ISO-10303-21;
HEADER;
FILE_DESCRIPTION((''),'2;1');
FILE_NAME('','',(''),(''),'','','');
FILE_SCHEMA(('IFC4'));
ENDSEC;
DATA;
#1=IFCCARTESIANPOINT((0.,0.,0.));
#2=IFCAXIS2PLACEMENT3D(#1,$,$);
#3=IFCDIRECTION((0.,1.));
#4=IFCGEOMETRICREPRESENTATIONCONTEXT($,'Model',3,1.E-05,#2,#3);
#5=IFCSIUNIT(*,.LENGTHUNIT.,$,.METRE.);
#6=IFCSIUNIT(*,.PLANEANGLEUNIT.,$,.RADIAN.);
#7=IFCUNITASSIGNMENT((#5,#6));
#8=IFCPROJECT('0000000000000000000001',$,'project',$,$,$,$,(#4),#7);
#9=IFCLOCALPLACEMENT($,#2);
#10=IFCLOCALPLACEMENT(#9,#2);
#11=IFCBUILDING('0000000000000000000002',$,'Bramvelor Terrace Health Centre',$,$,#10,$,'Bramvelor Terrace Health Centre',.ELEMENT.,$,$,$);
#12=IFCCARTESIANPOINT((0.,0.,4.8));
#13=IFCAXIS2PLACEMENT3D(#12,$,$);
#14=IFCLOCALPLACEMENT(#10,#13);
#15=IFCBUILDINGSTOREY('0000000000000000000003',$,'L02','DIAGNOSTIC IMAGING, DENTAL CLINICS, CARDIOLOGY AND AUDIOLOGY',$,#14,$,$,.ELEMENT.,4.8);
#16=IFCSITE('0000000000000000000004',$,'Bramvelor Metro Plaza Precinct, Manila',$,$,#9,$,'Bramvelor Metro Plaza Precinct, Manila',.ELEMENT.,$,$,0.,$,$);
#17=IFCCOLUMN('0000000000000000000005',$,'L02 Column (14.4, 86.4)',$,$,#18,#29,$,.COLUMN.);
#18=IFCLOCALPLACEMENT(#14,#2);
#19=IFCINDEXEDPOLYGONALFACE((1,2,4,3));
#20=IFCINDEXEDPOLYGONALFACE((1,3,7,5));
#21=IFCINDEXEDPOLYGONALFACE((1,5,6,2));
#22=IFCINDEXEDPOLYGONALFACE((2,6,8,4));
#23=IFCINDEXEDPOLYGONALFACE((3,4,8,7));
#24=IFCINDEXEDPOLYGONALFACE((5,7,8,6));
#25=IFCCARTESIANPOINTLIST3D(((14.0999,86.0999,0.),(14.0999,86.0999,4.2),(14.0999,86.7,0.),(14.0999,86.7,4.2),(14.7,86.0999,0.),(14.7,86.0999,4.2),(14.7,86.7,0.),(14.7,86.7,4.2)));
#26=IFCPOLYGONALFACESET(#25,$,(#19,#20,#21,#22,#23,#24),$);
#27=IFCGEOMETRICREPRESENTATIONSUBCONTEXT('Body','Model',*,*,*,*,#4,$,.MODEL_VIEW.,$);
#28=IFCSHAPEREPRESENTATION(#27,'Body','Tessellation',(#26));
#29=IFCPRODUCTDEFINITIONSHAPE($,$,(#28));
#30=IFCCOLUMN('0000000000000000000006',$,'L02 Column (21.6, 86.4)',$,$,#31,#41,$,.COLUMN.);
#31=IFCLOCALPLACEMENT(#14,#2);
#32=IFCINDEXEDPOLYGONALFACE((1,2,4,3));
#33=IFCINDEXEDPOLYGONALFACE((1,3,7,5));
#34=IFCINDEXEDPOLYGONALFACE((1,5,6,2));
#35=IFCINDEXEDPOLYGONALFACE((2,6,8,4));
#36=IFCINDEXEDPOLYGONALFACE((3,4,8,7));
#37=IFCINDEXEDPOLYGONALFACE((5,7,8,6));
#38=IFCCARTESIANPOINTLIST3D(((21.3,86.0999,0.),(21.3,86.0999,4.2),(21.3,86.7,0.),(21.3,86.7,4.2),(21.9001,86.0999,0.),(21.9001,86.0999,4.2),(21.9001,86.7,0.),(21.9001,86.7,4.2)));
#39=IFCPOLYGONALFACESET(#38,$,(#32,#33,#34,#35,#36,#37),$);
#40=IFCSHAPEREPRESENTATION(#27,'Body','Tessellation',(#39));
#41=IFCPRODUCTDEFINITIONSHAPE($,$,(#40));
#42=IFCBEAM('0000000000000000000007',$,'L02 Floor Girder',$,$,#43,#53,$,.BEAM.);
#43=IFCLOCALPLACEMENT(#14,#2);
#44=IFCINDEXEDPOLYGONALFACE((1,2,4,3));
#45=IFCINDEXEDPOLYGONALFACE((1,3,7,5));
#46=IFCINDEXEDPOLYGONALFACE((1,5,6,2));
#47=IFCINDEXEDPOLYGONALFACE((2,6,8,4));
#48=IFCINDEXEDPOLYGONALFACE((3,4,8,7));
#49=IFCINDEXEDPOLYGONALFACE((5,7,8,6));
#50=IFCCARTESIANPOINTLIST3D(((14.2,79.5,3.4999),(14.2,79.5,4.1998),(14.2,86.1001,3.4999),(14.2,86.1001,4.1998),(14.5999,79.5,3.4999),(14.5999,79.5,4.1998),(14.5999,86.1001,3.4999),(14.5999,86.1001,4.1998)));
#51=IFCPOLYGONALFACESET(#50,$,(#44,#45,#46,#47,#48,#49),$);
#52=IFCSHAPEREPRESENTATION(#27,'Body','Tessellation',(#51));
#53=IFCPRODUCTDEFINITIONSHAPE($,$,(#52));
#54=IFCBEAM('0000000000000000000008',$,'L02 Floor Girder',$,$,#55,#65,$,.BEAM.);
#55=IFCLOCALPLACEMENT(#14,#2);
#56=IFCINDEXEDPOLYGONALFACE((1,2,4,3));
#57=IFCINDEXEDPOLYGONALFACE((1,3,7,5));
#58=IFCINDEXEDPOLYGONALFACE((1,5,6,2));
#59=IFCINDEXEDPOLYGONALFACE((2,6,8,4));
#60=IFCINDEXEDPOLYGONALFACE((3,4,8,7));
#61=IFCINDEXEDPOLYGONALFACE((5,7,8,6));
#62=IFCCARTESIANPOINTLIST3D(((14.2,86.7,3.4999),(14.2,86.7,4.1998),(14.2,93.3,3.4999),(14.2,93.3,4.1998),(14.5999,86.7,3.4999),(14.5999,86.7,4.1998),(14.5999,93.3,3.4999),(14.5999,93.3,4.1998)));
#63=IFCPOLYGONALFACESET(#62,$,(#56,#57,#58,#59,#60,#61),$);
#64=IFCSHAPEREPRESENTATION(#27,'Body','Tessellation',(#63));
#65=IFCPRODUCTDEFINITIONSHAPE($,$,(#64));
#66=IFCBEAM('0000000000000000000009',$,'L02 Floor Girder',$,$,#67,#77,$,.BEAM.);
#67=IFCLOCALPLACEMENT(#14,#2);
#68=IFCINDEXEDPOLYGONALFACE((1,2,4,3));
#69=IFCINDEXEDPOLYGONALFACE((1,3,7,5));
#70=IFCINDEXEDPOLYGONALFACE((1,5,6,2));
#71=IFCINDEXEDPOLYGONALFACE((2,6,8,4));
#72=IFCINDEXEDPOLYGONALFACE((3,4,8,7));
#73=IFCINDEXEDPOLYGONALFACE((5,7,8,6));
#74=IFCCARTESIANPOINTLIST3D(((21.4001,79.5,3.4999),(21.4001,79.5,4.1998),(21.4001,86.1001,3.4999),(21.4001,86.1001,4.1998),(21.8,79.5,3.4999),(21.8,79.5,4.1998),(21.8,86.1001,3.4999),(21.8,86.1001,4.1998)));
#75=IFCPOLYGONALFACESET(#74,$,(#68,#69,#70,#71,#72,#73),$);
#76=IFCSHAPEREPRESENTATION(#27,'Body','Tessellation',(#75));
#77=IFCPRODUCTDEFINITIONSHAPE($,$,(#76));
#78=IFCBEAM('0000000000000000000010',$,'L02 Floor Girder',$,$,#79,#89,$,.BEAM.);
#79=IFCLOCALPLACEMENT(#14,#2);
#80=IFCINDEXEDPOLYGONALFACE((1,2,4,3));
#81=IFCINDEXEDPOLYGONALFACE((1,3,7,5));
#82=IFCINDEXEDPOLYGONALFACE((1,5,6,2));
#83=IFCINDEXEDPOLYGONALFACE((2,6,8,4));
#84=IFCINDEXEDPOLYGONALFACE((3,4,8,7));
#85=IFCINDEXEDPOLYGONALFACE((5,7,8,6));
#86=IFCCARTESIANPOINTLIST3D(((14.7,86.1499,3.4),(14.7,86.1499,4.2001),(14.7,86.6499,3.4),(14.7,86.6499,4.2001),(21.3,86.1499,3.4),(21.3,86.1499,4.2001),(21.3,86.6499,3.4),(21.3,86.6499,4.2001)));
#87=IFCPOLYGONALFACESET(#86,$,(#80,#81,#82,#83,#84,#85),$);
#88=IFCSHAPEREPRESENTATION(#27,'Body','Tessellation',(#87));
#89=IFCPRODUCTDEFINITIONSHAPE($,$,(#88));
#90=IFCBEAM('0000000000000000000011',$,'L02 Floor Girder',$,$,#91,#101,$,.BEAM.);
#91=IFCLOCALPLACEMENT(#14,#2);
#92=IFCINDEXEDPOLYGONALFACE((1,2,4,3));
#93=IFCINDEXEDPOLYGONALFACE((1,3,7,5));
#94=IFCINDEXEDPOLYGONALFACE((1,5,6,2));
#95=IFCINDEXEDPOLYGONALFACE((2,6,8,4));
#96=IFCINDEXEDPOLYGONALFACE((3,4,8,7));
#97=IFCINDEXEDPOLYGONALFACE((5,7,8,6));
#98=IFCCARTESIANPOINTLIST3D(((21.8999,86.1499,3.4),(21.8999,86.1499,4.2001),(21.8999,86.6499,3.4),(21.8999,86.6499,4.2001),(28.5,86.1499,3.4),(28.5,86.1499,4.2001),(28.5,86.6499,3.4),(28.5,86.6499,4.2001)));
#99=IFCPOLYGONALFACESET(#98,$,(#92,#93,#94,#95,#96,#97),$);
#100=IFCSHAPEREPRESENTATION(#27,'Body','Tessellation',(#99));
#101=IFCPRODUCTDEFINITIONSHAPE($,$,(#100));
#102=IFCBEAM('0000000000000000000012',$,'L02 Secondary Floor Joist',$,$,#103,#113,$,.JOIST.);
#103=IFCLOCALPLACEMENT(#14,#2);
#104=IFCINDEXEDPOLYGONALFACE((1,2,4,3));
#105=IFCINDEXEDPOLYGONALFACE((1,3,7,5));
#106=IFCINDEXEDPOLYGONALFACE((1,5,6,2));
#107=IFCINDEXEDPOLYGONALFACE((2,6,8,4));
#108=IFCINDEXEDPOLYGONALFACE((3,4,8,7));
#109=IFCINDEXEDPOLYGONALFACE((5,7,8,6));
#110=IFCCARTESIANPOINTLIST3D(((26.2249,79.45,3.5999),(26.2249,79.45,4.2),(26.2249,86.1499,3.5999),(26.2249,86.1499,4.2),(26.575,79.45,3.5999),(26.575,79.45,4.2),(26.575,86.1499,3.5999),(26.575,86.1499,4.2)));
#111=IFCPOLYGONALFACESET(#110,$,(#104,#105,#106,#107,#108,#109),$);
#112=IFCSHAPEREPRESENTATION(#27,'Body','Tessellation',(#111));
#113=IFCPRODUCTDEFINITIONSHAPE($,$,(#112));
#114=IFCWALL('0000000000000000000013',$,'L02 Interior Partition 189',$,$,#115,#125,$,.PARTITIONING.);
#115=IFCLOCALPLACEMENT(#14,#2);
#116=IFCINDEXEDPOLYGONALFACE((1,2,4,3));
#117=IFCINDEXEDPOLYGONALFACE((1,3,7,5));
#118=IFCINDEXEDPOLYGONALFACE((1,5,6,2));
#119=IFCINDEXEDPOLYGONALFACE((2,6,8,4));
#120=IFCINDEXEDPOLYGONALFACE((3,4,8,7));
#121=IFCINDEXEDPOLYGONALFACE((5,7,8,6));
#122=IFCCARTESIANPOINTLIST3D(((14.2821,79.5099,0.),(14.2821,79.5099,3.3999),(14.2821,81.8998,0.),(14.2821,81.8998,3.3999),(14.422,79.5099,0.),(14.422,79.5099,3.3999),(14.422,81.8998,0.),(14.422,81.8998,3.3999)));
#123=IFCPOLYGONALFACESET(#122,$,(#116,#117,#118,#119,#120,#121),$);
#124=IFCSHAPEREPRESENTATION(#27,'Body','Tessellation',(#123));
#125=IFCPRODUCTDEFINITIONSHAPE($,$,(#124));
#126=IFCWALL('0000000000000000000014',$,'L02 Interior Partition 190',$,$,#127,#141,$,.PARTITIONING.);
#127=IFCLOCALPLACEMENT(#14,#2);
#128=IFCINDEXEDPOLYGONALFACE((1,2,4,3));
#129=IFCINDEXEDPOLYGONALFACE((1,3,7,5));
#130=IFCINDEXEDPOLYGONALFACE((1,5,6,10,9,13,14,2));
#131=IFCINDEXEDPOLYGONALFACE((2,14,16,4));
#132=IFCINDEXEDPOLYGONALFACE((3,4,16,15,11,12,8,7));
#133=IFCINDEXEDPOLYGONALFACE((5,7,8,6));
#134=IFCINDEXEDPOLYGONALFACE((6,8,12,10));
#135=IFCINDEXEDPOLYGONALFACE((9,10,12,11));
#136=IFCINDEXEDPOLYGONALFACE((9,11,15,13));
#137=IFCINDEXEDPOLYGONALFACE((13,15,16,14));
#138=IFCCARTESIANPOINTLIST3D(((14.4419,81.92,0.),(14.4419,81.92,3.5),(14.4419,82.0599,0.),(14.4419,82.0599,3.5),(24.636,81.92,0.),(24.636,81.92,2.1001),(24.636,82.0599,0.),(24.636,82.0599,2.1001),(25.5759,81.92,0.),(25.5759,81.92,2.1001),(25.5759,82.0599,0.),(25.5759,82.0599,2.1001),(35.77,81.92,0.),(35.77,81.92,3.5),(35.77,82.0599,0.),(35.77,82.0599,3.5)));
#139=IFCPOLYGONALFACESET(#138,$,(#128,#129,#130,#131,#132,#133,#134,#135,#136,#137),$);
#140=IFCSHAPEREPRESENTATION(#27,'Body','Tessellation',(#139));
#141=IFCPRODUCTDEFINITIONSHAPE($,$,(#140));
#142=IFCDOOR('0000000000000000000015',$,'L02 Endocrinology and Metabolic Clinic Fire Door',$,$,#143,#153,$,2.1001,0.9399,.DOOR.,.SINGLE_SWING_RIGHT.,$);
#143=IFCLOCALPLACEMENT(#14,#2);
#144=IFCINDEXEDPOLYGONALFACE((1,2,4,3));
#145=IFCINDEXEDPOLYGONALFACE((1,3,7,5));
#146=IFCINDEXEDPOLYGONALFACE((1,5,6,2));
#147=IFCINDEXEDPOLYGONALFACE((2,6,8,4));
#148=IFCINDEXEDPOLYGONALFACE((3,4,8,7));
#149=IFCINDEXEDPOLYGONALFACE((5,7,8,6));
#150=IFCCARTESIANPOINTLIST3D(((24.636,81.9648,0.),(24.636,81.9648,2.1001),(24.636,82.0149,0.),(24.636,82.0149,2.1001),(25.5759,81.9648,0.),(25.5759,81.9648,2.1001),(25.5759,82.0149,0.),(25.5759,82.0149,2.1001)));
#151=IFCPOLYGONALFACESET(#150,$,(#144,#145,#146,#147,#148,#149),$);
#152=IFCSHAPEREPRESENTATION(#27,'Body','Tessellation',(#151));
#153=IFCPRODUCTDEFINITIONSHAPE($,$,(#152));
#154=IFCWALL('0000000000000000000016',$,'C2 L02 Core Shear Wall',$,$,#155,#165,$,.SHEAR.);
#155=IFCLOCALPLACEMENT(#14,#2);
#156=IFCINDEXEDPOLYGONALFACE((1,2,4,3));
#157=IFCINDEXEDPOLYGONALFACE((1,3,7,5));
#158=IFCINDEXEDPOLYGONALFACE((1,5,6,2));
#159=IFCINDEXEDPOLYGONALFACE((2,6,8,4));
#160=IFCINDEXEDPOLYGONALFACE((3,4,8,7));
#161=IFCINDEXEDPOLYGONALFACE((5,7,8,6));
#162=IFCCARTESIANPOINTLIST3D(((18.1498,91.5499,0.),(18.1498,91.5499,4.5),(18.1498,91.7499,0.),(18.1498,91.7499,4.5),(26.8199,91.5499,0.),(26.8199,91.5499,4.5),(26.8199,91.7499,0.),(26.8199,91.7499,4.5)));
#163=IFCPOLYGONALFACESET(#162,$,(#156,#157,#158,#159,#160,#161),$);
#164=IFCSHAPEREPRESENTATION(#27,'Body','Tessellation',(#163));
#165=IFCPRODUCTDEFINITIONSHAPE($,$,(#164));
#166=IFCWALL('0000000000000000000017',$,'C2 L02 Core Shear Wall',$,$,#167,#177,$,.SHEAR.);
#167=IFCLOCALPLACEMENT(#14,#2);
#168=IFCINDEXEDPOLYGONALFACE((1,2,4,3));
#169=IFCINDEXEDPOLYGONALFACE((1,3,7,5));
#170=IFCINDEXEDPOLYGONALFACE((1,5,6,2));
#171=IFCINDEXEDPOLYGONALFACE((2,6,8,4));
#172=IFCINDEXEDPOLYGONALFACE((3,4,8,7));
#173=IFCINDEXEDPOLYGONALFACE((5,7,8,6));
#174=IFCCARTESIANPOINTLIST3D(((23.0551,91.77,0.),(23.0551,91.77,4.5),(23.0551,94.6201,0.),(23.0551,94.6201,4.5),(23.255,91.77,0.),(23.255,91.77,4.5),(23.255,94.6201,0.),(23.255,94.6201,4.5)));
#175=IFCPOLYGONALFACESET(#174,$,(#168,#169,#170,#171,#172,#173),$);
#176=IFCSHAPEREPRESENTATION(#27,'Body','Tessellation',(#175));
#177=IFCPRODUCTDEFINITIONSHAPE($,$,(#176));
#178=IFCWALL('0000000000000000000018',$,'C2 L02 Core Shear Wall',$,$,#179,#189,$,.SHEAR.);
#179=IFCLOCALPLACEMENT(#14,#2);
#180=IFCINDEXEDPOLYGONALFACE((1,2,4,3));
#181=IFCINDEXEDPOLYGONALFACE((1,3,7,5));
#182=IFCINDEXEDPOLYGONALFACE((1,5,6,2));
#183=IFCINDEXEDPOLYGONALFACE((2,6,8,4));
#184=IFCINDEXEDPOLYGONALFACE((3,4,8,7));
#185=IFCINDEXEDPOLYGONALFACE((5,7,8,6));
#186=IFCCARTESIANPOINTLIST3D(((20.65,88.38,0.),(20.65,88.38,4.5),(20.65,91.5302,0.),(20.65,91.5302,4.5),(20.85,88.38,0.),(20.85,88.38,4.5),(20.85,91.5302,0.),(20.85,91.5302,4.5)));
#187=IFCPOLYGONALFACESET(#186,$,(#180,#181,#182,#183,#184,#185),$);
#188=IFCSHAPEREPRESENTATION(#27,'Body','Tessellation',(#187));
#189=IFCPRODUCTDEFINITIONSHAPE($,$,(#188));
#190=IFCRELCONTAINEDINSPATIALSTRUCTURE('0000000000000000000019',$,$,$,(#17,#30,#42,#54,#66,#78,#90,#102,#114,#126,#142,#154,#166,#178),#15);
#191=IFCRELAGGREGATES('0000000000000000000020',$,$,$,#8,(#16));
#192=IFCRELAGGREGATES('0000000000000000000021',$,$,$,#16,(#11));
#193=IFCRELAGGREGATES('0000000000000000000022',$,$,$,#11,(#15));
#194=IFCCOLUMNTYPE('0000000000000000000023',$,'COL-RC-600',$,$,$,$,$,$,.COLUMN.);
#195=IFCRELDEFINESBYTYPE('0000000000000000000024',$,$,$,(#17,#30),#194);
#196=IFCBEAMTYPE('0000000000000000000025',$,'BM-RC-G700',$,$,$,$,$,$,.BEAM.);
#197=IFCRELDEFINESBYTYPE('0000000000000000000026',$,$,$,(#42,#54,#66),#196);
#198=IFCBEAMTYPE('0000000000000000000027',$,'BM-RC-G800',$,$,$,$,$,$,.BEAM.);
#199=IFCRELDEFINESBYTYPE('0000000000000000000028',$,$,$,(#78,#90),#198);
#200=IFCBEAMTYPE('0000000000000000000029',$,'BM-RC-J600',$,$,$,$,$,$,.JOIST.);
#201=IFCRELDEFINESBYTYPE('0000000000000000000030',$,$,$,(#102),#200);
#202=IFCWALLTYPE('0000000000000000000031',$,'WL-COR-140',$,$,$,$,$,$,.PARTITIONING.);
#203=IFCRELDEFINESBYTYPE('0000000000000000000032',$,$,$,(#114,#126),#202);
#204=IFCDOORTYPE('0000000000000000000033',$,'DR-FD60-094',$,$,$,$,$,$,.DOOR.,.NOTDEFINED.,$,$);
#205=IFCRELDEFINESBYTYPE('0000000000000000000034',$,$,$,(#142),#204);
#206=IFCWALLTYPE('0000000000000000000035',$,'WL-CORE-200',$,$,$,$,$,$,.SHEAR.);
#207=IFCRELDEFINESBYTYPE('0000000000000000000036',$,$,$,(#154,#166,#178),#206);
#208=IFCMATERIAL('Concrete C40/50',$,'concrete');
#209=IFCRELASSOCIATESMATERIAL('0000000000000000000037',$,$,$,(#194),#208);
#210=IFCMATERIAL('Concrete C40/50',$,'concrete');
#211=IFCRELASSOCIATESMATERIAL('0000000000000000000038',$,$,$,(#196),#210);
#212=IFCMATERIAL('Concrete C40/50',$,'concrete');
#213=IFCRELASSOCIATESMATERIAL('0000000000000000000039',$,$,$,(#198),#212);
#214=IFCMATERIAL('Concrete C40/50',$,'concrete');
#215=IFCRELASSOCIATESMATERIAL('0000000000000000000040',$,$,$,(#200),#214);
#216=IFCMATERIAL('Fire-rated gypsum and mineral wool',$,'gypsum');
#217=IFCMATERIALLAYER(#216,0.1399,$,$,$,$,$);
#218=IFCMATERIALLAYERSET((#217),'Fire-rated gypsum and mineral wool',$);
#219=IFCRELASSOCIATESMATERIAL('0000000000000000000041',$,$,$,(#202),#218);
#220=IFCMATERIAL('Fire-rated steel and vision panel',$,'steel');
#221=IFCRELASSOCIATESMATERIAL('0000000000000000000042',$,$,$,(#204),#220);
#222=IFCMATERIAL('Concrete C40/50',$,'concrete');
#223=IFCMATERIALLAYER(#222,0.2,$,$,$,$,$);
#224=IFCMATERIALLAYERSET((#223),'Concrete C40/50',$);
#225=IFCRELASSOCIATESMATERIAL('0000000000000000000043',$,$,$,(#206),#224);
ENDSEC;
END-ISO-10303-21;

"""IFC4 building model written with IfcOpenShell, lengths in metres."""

from ifc_helpers import new_model, si_unit, direction, frame, frame_2d, origin, origin_2d, place, context, subcontext, project, spatial, rectangle, extrude, material, layer, layer_set, material_profile, profile_set, type_object, element, fill, save


model = new_model("IFC4")

# Units and contexts
model_context = context("Model", 3, precision=1e-05, world=origin(), true_north=direction((0.0, 1.0)))
body_context = subcontext(model_context, "Body", "Model", "MODEL_VIEW")
ifc_project = project(units=[si_unit("LENGTHUNIT", "METRE"), si_unit("PLANEANGLEUNIT", "RADIAN")], contexts=[model_context])

# Site, building, storey
site_placement = place(None, origin())
site = spatial("IfcSite", under=ifc_project, at=site_placement, Name="Bramvelor Metro Plaza Precinct, Manila", LongName="Bramvelor Metro Plaza Precinct, Manila", CompositionType="ELEMENT", RefElevation=0.0)
building_placement = place(site_placement, origin())
building = spatial("IfcBuilding", under=site, at=building_placement, Name="Bramvelor Terrace Health Centre", LongName="Bramvelor Terrace Health Centre", CompositionType="ELEMENT")
storey_placement = place(building_placement, frame((0.0, 0.0, 4.8)))
storey = spatial("IfcBuildingStorey", under=building, at=storey_placement, Name="L02", Description="DIAGNOSTIC IMAGING, DENTAL CLINICS, CARDIOLOGY AND AUDIOLOGY", CompositionType="ELEMENT", Elevation=4.8)

# Columns
ifc_material_1 = material(Name="Concrete C40/50", Category="concrete")
ifc_material_profile_1 = material_profile(ifc_material_1, rectangle(XDim=0.6001, YDim=0.6001, at=origin_2d()), Name="RC 600x600")
ifc_profile_set_1 = profile_set([ifc_material_profile_1], Name="Concrete C40/50")
column_type = type_object("IfcColumnType", Name="COL-RC-600", PredefinedType="COLUMN", material=ifc_profile_set_1)
for number, where, z_axis, x_axis, name in (
    (1, (14.3999, 86.3999, 0.0), (0.0, 0.0, 1.0), (1.0, 0.0, 0.0), "L02 Column (14.4, 86.4)"),
    (2, (21.6001, 86.3999, 0.0), (0.0, 0.0, 1.0), (1.0, 0.0, 0.0), "L02 Column (21.6, 86.4)"),
):
    element("IfcColumn", number, at=place(storey_placement, frame(where, z_axis=z_axis, x_axis=x_axis)), inside=storey, type_object=column_type, Name=name, PredefinedType="COLUMN", context=body_context, shape_type="SweptSolid", body=[
        extrude(rectangle(XDim=0.6001, YDim=0.6001, at=origin_2d()), origin(), (0.0, 0.0, 1.0), 4.2),
    ])

# Beams
ifc_material_2 = material(Name="Concrete C40/50", Category="concrete")
ifc_material_profile_2 = material_profile(ifc_material_2, rectangle(XDim=0.3999, YDim=0.7, at=origin_2d()), Name="RC 400x700")
ifc_profile_set_2 = profile_set([ifc_material_profile_2], Name="Concrete C40/50")
beam_type_1 = type_object("IfcBeamType", Name="BM-RC-G700", PredefinedType="BEAM", material=ifc_profile_set_2)
for number, where, z_axis, x_axis, name in (
    (3, (14.3999, 79.5, 3.8499), (0.0, 1.0, 0.0), (-1.0, 0.0, 0.0), "L02 Floor Girder"),
    (4, (14.3999, 86.7, 3.8499), (0.0, 1.0, 0.0), (-1.0, 0.0, 0.0), "L02 Floor Girder"),
    (5, (21.6001, 79.5, 3.8499), (0.0, 1.0, 0.0), (-1.0, 0.0, 0.0), "L02 Floor Girder"),
):
    element("IfcBeam", number, at=place(storey_placement, frame(where, z_axis=z_axis, x_axis=x_axis)), inside=storey, type_object=beam_type_1, Name=name, PredefinedType="BEAM", context=body_context, shape_type="SweptSolid", body=[
        extrude(rectangle(XDim=0.3999, YDim=0.7, at=origin_2d()), origin(), (0.0, 0.0, 1.0), 6.6001),
    ])
ifc_material_3 = material(Name="Concrete C40/50", Category="concrete")
ifc_material_profile_3 = material_profile(ifc_material_3, rectangle(XDim=0.5, YDim=0.8, at=origin_2d()), Name="RC 500x800")
ifc_profile_set_3 = profile_set([ifc_material_profile_3], Name="Concrete C40/50")
beam_type_2 = type_object("IfcBeamType", Name="BM-RC-G800", PredefinedType="BEAM", material=ifc_profile_set_3)
for number, where, z_axis, x_axis, name in (
    (6, (14.7, 86.3999, 3.8), (1.0, 0.0, 0.0), (0.0, 1.0, 0.0), "L02 Floor Girder"),
    (7, (21.8999, 86.3999, 3.8), (1.0, 0.0, 0.0), (0.0, 1.0, 0.0), "L02 Floor Girder"),
):
    element("IfcBeam", number, at=place(storey_placement, frame(where, z_axis=z_axis, x_axis=x_axis)), inside=storey, type_object=beam_type_2, Name=name, PredefinedType="BEAM", context=body_context, shape_type="SweptSolid", body=[
        extrude(rectangle(XDim=0.5, YDim=0.8, at=origin_2d()), origin(), (0.0, 0.0, 1.0), 6.6001),
    ])
ifc_material_4 = material(Name="Concrete C40/50", Category="concrete")
ifc_material_profile_4 = material_profile(ifc_material_4, rectangle(XDim=0.3501, YDim=0.6001, at=origin_2d()), Name="RC 350x600")
ifc_profile_set_4 = profile_set([ifc_material_profile_4], Name="Concrete C40/50")
beam_type_3 = type_object("IfcBeamType", Name="BM-RC-J600", PredefinedType="JOIST", material=ifc_profile_set_4)
beam_placement = place(storey_placement, frame((26.3999, 79.45, 3.8999), z_axis=(0.0, 1.0, 0.0), x_axis=(-1.0, 0.0, 0.0)))
element("IfcBeam", 8, at=beam_placement, inside=storey, type_object=beam_type_3, Name="L02 Secondary Floor Joist", PredefinedType="JOIST", context=body_context, shape_type="SweptSolid", body=[
    extrude(rectangle(XDim=0.3501, YDim=0.6001, at=origin_2d()), origin(), (0.0, 0.0, 1.0), 6.7),
])

# Wall
ifc_material_5 = material(Name="Fire-rated gypsum and mineral wool", Category="gypsum")
ifc_layer_1 = layer(ifc_material_5, 0.1399)
ifc_layer_set_1 = layer_set([ifc_layer_1], Name="Fire-rated gypsum and mineral wool")
wall_type_1 = type_object("IfcWallType", Name="WL-COR-140", PredefinedType="PARTITIONING", material=ifc_layer_set_1)
wall_1_placement = place(storey_placement, frame((14.3521, 79.51, 0.0), z_axis=(0.0, 0.0, 1.0), x_axis=(0.0, 1.0, 0.0)))
element("IfcWall", 9, at=wall_1_placement, inside=storey, type_object=wall_type_1, Name="L02 Interior Partition 189", PredefinedType="PARTITIONING", context=body_context, shape_type="SweptSolid", body=[
    extrude(rectangle(XDim=2.3899, YDim=0.1399, at=frame_2d((1.1948, 0.0))), origin(), (0.0, 0.0, 1.0), 3.3999),
])

# Wall, opening, door
wall_2_placement = place(storey_placement, frame((14.4419, 81.99, 0.0), z_axis=(0.0, 0.0, 1.0), x_axis=(1.0, 0.0, 0.0)))
wall_2 = element("IfcWall", 10, at=wall_2_placement, inside=storey, type_object=wall_type_1, Name="L02 Interior Partition 190", PredefinedType="PARTITIONING", context=body_context, shape_type="SweptSolid", body=[
    extrude(rectangle(XDim=21.3281, YDim=0.1399, at=frame_2d((10.6641, 0.0))), origin(), (0.0, 0.0, 1.0), 3.5),
])
opening_1_placement = place(wall_2_placement, frame((10.1941, 0.0, 0.0)))
opening_1 = element("IfcOpeningElement", 11, at=opening_1_placement, cuts=wall_2, PredefinedType="OPENING", context=body_context, shape_type="SweptSolid", body=[
    extrude(rectangle(XDim=0.9399, YDim=2.1001, at=frame_2d((0.47, 1.05))), frame((0.0, 0.0798, 0.0), z_axis=(0.0, -1.0, 0.0), x_axis=(1.0, 0.0, 0.0)), (0.0, 0.0, 1.0), 0.1599),
])
ifc_material_6 = material(Name="Fire-rated steel and vision panel", Category="steel")
door_type_1 = type_object("IfcDoorType", Name="DR-FD60-094", OperationType="NOTDEFINED", PredefinedType="DOOR", material=ifc_material_6)
door_1_placement = place(opening_1_placement, origin())
door_1 = element("IfcDoor", 12, at=door_1_placement, inside=storey, type_object=door_type_1, Name="L02 Endocrinology and Metabolic Clinic Fire Door", OperationType="SINGLE_SWING_RIGHT", OverallHeight=2.1001, OverallWidth=0.9399, PredefinedType="DOOR", context=body_context, shape_type="SweptSolid", body=[
    extrude(rectangle(XDim=0.9399, YDim=2.1001, at=frame_2d((0.47, 1.05))), frame((0.0, 0.0249, 0.0), z_axis=(0.0, -1.0, 0.0), x_axis=(1.0, 0.0, 0.0)), (0.0, 0.0, 1.0), 0.05),
])
fill(opening_1, door_1)

# Walls
ifc_material_7 = material(Name="Concrete C40/50", Category="concrete")
ifc_layer_2 = layer(ifc_material_7, 0.2)
ifc_layer_set_2 = layer_set([ifc_layer_2], Name="Concrete C40/50")
wall_type_2 = type_object("IfcWallType", Name="WL-CORE-200", PredefinedType="SHEAR", material=ifc_layer_set_2)
wall_3_placement = place(storey_placement, frame((18.1499, 91.6499, 0.0), z_axis=(0.0, 0.0, 1.0), x_axis=(1.0, 0.0, 0.0)))
element("IfcWall", 13, at=wall_3_placement, inside=storey, type_object=wall_type_2, Name="C2 L02 Core Shear Wall", PredefinedType="SHEAR", context=body_context, shape_type="SweptSolid", body=[
    extrude(rectangle(XDim=8.6702, YDim=0.2, at=frame_2d((4.335, 0.0))), origin(), (0.0, 0.0, 1.0), 4.5),
])
wall_4_placement = place(storey_placement, frame((23.155, 91.77, 0.0), z_axis=(0.0, 0.0, 1.0), x_axis=(0.0, 1.0, 0.0)))
element("IfcWall", 14, at=wall_4_placement, inside=storey, type_object=wall_type_2, Name="C2 L02 Core Shear Wall", PredefinedType="SHEAR", context=body_context, shape_type="SweptSolid", body=[
    extrude(rectangle(XDim=2.8501, YDim=0.2, at=frame_2d((1.425, 0.0))), origin(), (0.0, 0.0, 1.0), 4.5),
])
for number, where, z_axis, x_axis, name in (
    (15, (20.75, 88.3799, 0.0), (0.0, 0.0, 1.0), (0.0, 1.0, 0.0), "C2 L02 Core Shear Wall"),
):
    element("IfcWall", number, at=place(storey_placement, frame(where, z_axis=z_axis, x_axis=x_axis)), inside=storey, type_object=wall_type_2, Name=name, PredefinedType="SHEAR", context=body_context, shape_type="SweptSolid", body=[
        extrude(rectangle(XDim=3.1501, YDim=0.2, at=frame_2d((1.5752, 0.0))), origin(), (0.0, 0.0, 1.0), 4.5),
    ])

save(model, "model.ifc")
